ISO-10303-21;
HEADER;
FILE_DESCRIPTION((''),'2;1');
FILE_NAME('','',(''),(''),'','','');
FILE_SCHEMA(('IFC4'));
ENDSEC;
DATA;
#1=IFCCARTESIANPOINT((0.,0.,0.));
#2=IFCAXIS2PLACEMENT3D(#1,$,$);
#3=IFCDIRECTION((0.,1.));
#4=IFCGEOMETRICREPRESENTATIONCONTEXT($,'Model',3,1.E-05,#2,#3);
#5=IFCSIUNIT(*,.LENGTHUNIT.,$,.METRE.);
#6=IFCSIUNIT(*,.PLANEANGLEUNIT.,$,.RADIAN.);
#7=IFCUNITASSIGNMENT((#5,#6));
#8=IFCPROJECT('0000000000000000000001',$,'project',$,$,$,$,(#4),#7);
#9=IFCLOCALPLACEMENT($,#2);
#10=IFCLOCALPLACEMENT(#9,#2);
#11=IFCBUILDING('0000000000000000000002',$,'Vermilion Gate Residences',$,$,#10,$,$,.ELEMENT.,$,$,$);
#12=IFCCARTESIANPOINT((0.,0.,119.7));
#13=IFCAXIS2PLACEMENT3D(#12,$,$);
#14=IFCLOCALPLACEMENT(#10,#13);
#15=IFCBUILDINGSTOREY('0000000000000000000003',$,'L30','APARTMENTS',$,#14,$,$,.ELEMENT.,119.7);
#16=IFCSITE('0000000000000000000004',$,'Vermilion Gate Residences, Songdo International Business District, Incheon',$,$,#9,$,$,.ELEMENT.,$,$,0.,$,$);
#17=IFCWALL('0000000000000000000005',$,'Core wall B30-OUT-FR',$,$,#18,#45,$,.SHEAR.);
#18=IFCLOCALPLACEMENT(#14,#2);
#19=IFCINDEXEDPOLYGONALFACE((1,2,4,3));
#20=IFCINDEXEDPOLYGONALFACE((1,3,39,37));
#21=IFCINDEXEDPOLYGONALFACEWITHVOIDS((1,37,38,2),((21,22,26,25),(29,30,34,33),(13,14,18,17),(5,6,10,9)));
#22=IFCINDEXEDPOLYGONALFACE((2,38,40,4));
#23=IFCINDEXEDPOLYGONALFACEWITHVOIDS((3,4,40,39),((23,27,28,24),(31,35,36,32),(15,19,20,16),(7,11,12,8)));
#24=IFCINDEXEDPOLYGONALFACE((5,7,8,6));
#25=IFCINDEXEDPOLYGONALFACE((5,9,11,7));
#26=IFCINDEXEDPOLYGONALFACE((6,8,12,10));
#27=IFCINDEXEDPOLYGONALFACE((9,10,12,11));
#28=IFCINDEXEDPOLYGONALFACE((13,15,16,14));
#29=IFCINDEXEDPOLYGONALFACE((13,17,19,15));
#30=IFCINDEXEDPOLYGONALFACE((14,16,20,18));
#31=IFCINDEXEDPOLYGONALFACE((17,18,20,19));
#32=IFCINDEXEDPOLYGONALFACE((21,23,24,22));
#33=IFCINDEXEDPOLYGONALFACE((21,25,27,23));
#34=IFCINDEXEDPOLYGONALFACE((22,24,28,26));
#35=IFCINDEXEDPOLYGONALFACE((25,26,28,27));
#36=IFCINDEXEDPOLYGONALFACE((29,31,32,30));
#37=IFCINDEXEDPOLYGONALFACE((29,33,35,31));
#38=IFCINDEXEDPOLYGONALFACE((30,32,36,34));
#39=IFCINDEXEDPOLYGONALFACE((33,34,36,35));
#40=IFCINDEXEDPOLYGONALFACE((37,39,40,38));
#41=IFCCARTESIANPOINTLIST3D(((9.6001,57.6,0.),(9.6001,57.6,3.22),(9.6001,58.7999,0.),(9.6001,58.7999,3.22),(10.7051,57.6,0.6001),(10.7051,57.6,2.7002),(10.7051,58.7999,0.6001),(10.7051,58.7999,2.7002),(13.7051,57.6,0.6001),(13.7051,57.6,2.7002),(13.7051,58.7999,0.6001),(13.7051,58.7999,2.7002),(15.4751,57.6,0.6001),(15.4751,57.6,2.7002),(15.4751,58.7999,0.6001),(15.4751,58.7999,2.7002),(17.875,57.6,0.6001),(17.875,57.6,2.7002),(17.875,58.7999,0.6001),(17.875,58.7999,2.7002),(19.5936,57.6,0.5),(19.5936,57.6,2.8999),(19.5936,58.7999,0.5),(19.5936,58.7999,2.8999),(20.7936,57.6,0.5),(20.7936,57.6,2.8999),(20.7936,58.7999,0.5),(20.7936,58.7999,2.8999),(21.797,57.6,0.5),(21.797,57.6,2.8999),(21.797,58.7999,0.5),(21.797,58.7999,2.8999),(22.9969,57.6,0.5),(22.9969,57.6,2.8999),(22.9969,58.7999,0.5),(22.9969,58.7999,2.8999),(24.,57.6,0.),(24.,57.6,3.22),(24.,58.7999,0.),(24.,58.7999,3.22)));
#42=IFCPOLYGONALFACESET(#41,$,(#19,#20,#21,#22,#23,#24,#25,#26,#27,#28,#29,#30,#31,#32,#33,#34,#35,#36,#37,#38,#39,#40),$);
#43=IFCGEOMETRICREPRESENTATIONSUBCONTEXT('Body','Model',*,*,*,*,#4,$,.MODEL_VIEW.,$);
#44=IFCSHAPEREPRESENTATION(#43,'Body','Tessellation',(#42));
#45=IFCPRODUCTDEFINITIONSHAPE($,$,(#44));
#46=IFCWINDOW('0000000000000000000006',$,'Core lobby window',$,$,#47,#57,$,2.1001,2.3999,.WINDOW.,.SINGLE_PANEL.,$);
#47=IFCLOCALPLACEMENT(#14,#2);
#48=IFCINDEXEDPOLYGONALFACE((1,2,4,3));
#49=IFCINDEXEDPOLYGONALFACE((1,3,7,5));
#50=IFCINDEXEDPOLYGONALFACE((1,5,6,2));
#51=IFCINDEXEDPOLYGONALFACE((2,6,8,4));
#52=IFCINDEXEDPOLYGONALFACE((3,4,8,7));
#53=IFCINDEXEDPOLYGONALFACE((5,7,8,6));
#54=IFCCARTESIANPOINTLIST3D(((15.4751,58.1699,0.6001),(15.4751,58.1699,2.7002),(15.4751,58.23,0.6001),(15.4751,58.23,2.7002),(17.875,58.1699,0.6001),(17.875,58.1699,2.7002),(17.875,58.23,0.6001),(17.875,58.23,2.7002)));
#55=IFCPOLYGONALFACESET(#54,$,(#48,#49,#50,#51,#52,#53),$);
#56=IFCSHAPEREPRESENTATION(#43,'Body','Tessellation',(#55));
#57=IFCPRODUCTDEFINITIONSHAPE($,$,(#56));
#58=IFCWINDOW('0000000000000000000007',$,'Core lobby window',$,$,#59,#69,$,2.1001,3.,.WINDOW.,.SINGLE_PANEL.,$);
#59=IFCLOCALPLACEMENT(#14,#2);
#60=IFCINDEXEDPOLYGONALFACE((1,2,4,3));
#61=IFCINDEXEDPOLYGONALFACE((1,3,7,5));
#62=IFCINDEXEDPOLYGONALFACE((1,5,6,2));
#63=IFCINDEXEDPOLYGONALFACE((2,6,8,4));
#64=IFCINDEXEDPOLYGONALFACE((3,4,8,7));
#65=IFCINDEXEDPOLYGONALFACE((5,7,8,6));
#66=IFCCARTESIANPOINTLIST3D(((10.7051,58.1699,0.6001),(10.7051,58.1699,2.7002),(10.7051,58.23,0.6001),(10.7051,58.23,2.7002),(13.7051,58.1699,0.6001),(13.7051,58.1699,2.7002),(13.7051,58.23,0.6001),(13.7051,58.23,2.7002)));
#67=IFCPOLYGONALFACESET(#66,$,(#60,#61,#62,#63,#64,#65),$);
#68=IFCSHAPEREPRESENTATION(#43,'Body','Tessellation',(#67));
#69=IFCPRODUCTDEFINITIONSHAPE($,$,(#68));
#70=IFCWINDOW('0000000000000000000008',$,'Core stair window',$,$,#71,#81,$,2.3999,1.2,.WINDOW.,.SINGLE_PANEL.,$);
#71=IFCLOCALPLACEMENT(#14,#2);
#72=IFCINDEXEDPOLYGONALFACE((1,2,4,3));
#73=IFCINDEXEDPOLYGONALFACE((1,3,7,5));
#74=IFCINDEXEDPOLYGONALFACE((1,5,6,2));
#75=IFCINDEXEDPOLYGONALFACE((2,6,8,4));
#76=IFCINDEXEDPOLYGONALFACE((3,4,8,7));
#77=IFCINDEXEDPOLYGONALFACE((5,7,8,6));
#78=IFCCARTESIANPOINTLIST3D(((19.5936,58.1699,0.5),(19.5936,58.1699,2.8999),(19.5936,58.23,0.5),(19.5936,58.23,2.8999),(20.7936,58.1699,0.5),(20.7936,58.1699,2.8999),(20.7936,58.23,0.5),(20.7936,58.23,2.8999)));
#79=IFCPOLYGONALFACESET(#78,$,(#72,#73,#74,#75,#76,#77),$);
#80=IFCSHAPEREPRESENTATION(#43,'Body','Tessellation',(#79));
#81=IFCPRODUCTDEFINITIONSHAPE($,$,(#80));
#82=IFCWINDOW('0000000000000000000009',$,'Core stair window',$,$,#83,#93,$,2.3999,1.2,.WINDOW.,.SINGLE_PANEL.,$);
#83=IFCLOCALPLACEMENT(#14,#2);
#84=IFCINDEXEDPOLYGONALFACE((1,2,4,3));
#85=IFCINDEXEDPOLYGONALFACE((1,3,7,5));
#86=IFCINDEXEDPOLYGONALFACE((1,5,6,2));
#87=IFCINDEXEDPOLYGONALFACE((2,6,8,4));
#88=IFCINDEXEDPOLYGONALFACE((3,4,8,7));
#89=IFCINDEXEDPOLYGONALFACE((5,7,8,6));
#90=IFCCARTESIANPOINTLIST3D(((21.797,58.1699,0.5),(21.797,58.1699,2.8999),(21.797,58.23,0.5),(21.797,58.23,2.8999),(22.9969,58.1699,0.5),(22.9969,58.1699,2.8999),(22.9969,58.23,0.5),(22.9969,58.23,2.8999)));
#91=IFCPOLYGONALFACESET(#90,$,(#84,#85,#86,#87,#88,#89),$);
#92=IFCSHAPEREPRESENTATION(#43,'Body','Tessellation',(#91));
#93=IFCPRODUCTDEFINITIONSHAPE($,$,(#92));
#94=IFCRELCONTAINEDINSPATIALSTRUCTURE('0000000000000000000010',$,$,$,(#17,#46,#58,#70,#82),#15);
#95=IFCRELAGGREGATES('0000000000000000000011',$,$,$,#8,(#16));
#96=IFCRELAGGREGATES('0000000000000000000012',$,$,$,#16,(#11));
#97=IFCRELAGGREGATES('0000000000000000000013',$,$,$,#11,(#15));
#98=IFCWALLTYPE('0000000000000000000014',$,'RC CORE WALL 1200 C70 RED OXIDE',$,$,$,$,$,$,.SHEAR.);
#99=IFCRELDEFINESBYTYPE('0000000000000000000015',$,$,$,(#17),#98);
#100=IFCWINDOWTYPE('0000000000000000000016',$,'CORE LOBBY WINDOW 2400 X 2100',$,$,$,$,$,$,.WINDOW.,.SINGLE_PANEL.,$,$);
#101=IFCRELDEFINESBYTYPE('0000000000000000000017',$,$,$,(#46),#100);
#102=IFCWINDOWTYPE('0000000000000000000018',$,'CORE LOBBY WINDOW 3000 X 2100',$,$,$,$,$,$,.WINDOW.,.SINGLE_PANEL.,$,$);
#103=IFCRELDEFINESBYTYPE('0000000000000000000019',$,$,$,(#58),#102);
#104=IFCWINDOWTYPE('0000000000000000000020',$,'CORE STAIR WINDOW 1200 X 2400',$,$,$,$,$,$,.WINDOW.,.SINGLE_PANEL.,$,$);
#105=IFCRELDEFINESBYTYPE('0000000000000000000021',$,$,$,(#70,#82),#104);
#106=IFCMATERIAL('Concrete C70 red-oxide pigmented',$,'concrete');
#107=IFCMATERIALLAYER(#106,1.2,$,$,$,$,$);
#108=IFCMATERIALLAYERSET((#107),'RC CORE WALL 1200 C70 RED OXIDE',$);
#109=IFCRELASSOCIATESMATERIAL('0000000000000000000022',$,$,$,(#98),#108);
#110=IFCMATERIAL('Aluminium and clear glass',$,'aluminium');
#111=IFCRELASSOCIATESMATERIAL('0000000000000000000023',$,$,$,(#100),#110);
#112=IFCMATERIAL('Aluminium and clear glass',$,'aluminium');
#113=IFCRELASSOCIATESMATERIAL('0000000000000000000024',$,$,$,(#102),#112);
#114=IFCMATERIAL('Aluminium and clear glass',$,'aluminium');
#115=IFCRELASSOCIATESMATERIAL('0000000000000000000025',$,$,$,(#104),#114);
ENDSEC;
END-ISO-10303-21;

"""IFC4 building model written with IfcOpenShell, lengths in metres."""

from ifc_helpers import new_model, si_unit, direction, frame, frame_2d, origin, place, context, subcontext, project, spatial, rectangle, extrude, material, layer, layer_set, type_object, element, fill, save


model = new_model("IFC4")

# Units and contexts
model_context = context("Model", 3, precision=1e-05, world=origin(), true_north=direction((0.0, 1.0)))
body_context = subcontext(model_context, "Body", "Model", "MODEL_VIEW")
ifc_project = project(units=[si_unit("LENGTHUNIT", "METRE"), si_unit("PLANEANGLEUNIT", "RADIAN")], contexts=[model_context])

# Site, building, storey
site_placement = place(None, origin())
site = spatial("IfcSite", under=ifc_project, at=site_placement, Name="Vermilion Gate Residences, Songdo International Business District, Incheon", CompositionType="ELEMENT", RefElevation=0.0)
building_placement = place(site_placement, origin())
building = spatial("IfcBuilding", under=site, at=building_placement, Name="Vermilion Gate Residences", CompositionType="ELEMENT")
storey_placement = place(building_placement, frame((0.0, 0.0, 119.7)))
storey = spatial("IfcBuildingStorey", under=building, at=storey_placement, Name="L30", Description="APARTMENTS", CompositionType="ELEMENT", Elevation=119.7)

# Wall, openings, windows
ifc_material_1 = material(Name="Concrete C70 red-oxide pigmented", Category="concrete")
ifc_layer_1 = layer(ifc_material_1, 1.2)
ifc_layer_set_1 = layer_set([ifc_layer_1], Name="RC CORE WALL 1200 C70 RED OXIDE")
wall_type_1 = type_object("IfcWallType", Name="RC CORE WALL 1200 C70 RED OXIDE", PredefinedType="SHEAR", material=ifc_layer_set_1)
wall_1_placement = place(storey_placement, frame((9.6001, 58.2, 0.0), z_axis=(0.0, 0.0, 1.0), x_axis=(1.0, 0.0, 0.0)))
wall_1 = element("IfcWall", 1, at=wall_1_placement, inside=storey, type_object=wall_type_1, Name="Core wall B30-OUT-FR", PredefinedType="SHEAR", context=body_context, shape_type="SweptSolid", body=[
    extrude(rectangle(XDim=14.3999, YDim=1.2, at=frame_2d((7.2, 0.0))), origin(), (0.0, 0.0, 1.0), 3.22),
])
opening_1_placement = place(wall_1_placement, frame((1.105, 0.0, 0.6001)))
opening_1 = element("IfcOpeningElement", 2, at=opening_1_placement, cuts=wall_1, PredefinedType="OPENING", context=body_context, shape_type="SweptSolid", body=[
    extrude(rectangle(XDim=3.0, YDim=2.1001, at=frame_2d((1.5, 1.05))), frame((0.0, 0.6099, 0.0), z_axis=(0.0, -1.0, 0.0), x_axis=(1.0, 0.0, 0.0)), (0.0, 0.0, 1.0), 1.22),
])
opening_2_placement = place(wall_1_placement, frame((5.875, 0.0, 0.6001)))
opening_2 = element("IfcOpeningElement", 3, at=opening_2_placement, cuts=wall_1, PredefinedType="OPENING", context=body_context, shape_type="SweptSolid", body=[
    extrude(rectangle(XDim=2.3999, YDim=2.1001, at=frame_2d((1.2, 1.05))), frame((0.0, 0.6099, 0.0), z_axis=(0.0, -1.0, 0.0), x_axis=(1.0, 0.0, 0.0)), (0.0, 0.0, 1.0), 1.22),
])
opening_3_placement = place(wall_1_placement, frame((9.9934, 0.0, 0.5)))
opening_3 = element("IfcOpeningElement", 4, at=opening_3_placement, cuts=wall_1, PredefinedType="OPENING", context=body_context, shape_type="SweptSolid", body=[
    extrude(rectangle(XDim=1.2, YDim=2.3999, at=frame_2d((0.6001, 1.2))), frame((0.0, 0.6099, 0.0), z_axis=(0.0, -1.0, 0.0), x_axis=(1.0, 0.0, 0.0)), (0.0, 0.0, 1.0), 1.22),
])
opening_4_placement = place(wall_1_placement, frame((12.1968, 0.0, 0.5)))
opening_4 = element("IfcOpeningElement", 5, at=opening_4_placement, cuts=wall_1, PredefinedType="OPENING", context=body_context, shape_type="SweptSolid", body=[
    extrude(rectangle(XDim=1.2, YDim=2.3999, at=frame_2d((0.6001, 1.2))), frame((0.0, 0.6099, 0.0), z_axis=(0.0, -1.0, 0.0), x_axis=(1.0, 0.0, 0.0)), (0.0, 0.0, 1.0), 1.22),
])
ifc_material_2 = material(Name="Aluminium and clear glass", Category="aluminium")
window_type_1 = type_object("IfcWindowType", Name="CORE LOBBY WINDOW 2400 X 2100", PartitioningType="SINGLE_PANEL", PredefinedType="WINDOW", material=ifc_material_2)
window_1_placement = place(opening_2_placement, origin())
window_1 = element("IfcWindow", 6, at=window_1_placement, inside=storey, type_object=window_type_1, Name="Core lobby window", OverallHeight=2.1001, OverallWidth=2.3999, PartitioningType="SINGLE_PANEL", PredefinedType="WINDOW", context=body_context, shape_type="SweptSolid", body=[
    extrude(rectangle(XDim=2.3999, YDim=2.1001, at=frame_2d((1.2, 1.05))), frame((0.0, 0.03, 0.0), z_axis=(0.0, -1.0, 0.0), x_axis=(1.0, 0.0, 0.0)), (0.0, 0.0, 1.0), 0.0601),
])
fill(opening_2, window_1)
ifc_material_3 = material(Name="Aluminium and clear glass", Category="aluminium")
window_type_2 = type_object("IfcWindowType", Name="CORE LOBBY WINDOW 3000 X 2100", PartitioningType="SINGLE_PANEL", PredefinedType="WINDOW", material=ifc_material_3)
window_2_placement = place(opening_1_placement, origin())
window_2 = element("IfcWindow", 7, at=window_2_placement, inside=storey, type_object=window_type_2, Name="Core lobby window", OverallHeight=2.1001, OverallWidth=3.0, PartitioningType="SINGLE_PANEL", PredefinedType="WINDOW", context=body_context, shape_type="SweptSolid", body=[
    extrude(rectangle(XDim=3.0, YDim=2.1001, at=frame_2d((1.5, 1.05))), frame((0.0, 0.03, 0.0), z_axis=(0.0, -1.0, 0.0), x_axis=(1.0, 0.0, 0.0)), (0.0, 0.0, 1.0), 0.0601),
])
fill(opening_1, window_2)
ifc_material_4 = material(Name="Aluminium and clear glass", Category="aluminium")
window_type_3 = type_object("IfcWindowType", Name="CORE STAIR WINDOW 1200 X 2400", PartitioningType="SINGLE_PANEL", PredefinedType="WINDOW", material=ifc_material_4)
window_3_placement = place(opening_3_placement, origin())
window_3 = element("IfcWindow", 8, at=window_3_placement, inside=storey, type_object=window_type_3, Name="Core stair window", OverallHeight=2.3999, OverallWidth=1.2, PartitioningType="SINGLE_PANEL", PredefinedType="WINDOW", context=body_context, shape_type="SweptSolid", body=[
    extrude(rectangle(XDim=1.2, YDim=2.3999, at=frame_2d((0.6001, 1.2))), frame((0.0, 0.03, 0.0), z_axis=(0.0, -1.0, 0.0), x_axis=(1.0, 0.0, 0.0)), (0.0, 0.0, 1.0), 0.0601),
])
fill(opening_3, window_3)
window_4_placement = place(opening_4_placement, origin())
window_4 = element("IfcWindow", 9, at=window_4_placement, inside=storey, type_object=window_type_3, Name="Core stair window", OverallHeight=2.3999, OverallWidth=1.2, PartitioningType="SINGLE_PANEL", PredefinedType="WINDOW", context=body_context, shape_type="SweptSolid", body=[
    extrude(rectangle(XDim=1.2, YDim=2.3999, at=frame_2d((0.6001, 1.2))), frame((0.0, 0.03, 0.0), z_axis=(0.0, -1.0, 0.0), x_axis=(1.0, 0.0, 0.0)), (0.0, 0.0, 1.0), 0.0601),
])
fill(opening_4, window_4)

save(model, "model.ifc")
